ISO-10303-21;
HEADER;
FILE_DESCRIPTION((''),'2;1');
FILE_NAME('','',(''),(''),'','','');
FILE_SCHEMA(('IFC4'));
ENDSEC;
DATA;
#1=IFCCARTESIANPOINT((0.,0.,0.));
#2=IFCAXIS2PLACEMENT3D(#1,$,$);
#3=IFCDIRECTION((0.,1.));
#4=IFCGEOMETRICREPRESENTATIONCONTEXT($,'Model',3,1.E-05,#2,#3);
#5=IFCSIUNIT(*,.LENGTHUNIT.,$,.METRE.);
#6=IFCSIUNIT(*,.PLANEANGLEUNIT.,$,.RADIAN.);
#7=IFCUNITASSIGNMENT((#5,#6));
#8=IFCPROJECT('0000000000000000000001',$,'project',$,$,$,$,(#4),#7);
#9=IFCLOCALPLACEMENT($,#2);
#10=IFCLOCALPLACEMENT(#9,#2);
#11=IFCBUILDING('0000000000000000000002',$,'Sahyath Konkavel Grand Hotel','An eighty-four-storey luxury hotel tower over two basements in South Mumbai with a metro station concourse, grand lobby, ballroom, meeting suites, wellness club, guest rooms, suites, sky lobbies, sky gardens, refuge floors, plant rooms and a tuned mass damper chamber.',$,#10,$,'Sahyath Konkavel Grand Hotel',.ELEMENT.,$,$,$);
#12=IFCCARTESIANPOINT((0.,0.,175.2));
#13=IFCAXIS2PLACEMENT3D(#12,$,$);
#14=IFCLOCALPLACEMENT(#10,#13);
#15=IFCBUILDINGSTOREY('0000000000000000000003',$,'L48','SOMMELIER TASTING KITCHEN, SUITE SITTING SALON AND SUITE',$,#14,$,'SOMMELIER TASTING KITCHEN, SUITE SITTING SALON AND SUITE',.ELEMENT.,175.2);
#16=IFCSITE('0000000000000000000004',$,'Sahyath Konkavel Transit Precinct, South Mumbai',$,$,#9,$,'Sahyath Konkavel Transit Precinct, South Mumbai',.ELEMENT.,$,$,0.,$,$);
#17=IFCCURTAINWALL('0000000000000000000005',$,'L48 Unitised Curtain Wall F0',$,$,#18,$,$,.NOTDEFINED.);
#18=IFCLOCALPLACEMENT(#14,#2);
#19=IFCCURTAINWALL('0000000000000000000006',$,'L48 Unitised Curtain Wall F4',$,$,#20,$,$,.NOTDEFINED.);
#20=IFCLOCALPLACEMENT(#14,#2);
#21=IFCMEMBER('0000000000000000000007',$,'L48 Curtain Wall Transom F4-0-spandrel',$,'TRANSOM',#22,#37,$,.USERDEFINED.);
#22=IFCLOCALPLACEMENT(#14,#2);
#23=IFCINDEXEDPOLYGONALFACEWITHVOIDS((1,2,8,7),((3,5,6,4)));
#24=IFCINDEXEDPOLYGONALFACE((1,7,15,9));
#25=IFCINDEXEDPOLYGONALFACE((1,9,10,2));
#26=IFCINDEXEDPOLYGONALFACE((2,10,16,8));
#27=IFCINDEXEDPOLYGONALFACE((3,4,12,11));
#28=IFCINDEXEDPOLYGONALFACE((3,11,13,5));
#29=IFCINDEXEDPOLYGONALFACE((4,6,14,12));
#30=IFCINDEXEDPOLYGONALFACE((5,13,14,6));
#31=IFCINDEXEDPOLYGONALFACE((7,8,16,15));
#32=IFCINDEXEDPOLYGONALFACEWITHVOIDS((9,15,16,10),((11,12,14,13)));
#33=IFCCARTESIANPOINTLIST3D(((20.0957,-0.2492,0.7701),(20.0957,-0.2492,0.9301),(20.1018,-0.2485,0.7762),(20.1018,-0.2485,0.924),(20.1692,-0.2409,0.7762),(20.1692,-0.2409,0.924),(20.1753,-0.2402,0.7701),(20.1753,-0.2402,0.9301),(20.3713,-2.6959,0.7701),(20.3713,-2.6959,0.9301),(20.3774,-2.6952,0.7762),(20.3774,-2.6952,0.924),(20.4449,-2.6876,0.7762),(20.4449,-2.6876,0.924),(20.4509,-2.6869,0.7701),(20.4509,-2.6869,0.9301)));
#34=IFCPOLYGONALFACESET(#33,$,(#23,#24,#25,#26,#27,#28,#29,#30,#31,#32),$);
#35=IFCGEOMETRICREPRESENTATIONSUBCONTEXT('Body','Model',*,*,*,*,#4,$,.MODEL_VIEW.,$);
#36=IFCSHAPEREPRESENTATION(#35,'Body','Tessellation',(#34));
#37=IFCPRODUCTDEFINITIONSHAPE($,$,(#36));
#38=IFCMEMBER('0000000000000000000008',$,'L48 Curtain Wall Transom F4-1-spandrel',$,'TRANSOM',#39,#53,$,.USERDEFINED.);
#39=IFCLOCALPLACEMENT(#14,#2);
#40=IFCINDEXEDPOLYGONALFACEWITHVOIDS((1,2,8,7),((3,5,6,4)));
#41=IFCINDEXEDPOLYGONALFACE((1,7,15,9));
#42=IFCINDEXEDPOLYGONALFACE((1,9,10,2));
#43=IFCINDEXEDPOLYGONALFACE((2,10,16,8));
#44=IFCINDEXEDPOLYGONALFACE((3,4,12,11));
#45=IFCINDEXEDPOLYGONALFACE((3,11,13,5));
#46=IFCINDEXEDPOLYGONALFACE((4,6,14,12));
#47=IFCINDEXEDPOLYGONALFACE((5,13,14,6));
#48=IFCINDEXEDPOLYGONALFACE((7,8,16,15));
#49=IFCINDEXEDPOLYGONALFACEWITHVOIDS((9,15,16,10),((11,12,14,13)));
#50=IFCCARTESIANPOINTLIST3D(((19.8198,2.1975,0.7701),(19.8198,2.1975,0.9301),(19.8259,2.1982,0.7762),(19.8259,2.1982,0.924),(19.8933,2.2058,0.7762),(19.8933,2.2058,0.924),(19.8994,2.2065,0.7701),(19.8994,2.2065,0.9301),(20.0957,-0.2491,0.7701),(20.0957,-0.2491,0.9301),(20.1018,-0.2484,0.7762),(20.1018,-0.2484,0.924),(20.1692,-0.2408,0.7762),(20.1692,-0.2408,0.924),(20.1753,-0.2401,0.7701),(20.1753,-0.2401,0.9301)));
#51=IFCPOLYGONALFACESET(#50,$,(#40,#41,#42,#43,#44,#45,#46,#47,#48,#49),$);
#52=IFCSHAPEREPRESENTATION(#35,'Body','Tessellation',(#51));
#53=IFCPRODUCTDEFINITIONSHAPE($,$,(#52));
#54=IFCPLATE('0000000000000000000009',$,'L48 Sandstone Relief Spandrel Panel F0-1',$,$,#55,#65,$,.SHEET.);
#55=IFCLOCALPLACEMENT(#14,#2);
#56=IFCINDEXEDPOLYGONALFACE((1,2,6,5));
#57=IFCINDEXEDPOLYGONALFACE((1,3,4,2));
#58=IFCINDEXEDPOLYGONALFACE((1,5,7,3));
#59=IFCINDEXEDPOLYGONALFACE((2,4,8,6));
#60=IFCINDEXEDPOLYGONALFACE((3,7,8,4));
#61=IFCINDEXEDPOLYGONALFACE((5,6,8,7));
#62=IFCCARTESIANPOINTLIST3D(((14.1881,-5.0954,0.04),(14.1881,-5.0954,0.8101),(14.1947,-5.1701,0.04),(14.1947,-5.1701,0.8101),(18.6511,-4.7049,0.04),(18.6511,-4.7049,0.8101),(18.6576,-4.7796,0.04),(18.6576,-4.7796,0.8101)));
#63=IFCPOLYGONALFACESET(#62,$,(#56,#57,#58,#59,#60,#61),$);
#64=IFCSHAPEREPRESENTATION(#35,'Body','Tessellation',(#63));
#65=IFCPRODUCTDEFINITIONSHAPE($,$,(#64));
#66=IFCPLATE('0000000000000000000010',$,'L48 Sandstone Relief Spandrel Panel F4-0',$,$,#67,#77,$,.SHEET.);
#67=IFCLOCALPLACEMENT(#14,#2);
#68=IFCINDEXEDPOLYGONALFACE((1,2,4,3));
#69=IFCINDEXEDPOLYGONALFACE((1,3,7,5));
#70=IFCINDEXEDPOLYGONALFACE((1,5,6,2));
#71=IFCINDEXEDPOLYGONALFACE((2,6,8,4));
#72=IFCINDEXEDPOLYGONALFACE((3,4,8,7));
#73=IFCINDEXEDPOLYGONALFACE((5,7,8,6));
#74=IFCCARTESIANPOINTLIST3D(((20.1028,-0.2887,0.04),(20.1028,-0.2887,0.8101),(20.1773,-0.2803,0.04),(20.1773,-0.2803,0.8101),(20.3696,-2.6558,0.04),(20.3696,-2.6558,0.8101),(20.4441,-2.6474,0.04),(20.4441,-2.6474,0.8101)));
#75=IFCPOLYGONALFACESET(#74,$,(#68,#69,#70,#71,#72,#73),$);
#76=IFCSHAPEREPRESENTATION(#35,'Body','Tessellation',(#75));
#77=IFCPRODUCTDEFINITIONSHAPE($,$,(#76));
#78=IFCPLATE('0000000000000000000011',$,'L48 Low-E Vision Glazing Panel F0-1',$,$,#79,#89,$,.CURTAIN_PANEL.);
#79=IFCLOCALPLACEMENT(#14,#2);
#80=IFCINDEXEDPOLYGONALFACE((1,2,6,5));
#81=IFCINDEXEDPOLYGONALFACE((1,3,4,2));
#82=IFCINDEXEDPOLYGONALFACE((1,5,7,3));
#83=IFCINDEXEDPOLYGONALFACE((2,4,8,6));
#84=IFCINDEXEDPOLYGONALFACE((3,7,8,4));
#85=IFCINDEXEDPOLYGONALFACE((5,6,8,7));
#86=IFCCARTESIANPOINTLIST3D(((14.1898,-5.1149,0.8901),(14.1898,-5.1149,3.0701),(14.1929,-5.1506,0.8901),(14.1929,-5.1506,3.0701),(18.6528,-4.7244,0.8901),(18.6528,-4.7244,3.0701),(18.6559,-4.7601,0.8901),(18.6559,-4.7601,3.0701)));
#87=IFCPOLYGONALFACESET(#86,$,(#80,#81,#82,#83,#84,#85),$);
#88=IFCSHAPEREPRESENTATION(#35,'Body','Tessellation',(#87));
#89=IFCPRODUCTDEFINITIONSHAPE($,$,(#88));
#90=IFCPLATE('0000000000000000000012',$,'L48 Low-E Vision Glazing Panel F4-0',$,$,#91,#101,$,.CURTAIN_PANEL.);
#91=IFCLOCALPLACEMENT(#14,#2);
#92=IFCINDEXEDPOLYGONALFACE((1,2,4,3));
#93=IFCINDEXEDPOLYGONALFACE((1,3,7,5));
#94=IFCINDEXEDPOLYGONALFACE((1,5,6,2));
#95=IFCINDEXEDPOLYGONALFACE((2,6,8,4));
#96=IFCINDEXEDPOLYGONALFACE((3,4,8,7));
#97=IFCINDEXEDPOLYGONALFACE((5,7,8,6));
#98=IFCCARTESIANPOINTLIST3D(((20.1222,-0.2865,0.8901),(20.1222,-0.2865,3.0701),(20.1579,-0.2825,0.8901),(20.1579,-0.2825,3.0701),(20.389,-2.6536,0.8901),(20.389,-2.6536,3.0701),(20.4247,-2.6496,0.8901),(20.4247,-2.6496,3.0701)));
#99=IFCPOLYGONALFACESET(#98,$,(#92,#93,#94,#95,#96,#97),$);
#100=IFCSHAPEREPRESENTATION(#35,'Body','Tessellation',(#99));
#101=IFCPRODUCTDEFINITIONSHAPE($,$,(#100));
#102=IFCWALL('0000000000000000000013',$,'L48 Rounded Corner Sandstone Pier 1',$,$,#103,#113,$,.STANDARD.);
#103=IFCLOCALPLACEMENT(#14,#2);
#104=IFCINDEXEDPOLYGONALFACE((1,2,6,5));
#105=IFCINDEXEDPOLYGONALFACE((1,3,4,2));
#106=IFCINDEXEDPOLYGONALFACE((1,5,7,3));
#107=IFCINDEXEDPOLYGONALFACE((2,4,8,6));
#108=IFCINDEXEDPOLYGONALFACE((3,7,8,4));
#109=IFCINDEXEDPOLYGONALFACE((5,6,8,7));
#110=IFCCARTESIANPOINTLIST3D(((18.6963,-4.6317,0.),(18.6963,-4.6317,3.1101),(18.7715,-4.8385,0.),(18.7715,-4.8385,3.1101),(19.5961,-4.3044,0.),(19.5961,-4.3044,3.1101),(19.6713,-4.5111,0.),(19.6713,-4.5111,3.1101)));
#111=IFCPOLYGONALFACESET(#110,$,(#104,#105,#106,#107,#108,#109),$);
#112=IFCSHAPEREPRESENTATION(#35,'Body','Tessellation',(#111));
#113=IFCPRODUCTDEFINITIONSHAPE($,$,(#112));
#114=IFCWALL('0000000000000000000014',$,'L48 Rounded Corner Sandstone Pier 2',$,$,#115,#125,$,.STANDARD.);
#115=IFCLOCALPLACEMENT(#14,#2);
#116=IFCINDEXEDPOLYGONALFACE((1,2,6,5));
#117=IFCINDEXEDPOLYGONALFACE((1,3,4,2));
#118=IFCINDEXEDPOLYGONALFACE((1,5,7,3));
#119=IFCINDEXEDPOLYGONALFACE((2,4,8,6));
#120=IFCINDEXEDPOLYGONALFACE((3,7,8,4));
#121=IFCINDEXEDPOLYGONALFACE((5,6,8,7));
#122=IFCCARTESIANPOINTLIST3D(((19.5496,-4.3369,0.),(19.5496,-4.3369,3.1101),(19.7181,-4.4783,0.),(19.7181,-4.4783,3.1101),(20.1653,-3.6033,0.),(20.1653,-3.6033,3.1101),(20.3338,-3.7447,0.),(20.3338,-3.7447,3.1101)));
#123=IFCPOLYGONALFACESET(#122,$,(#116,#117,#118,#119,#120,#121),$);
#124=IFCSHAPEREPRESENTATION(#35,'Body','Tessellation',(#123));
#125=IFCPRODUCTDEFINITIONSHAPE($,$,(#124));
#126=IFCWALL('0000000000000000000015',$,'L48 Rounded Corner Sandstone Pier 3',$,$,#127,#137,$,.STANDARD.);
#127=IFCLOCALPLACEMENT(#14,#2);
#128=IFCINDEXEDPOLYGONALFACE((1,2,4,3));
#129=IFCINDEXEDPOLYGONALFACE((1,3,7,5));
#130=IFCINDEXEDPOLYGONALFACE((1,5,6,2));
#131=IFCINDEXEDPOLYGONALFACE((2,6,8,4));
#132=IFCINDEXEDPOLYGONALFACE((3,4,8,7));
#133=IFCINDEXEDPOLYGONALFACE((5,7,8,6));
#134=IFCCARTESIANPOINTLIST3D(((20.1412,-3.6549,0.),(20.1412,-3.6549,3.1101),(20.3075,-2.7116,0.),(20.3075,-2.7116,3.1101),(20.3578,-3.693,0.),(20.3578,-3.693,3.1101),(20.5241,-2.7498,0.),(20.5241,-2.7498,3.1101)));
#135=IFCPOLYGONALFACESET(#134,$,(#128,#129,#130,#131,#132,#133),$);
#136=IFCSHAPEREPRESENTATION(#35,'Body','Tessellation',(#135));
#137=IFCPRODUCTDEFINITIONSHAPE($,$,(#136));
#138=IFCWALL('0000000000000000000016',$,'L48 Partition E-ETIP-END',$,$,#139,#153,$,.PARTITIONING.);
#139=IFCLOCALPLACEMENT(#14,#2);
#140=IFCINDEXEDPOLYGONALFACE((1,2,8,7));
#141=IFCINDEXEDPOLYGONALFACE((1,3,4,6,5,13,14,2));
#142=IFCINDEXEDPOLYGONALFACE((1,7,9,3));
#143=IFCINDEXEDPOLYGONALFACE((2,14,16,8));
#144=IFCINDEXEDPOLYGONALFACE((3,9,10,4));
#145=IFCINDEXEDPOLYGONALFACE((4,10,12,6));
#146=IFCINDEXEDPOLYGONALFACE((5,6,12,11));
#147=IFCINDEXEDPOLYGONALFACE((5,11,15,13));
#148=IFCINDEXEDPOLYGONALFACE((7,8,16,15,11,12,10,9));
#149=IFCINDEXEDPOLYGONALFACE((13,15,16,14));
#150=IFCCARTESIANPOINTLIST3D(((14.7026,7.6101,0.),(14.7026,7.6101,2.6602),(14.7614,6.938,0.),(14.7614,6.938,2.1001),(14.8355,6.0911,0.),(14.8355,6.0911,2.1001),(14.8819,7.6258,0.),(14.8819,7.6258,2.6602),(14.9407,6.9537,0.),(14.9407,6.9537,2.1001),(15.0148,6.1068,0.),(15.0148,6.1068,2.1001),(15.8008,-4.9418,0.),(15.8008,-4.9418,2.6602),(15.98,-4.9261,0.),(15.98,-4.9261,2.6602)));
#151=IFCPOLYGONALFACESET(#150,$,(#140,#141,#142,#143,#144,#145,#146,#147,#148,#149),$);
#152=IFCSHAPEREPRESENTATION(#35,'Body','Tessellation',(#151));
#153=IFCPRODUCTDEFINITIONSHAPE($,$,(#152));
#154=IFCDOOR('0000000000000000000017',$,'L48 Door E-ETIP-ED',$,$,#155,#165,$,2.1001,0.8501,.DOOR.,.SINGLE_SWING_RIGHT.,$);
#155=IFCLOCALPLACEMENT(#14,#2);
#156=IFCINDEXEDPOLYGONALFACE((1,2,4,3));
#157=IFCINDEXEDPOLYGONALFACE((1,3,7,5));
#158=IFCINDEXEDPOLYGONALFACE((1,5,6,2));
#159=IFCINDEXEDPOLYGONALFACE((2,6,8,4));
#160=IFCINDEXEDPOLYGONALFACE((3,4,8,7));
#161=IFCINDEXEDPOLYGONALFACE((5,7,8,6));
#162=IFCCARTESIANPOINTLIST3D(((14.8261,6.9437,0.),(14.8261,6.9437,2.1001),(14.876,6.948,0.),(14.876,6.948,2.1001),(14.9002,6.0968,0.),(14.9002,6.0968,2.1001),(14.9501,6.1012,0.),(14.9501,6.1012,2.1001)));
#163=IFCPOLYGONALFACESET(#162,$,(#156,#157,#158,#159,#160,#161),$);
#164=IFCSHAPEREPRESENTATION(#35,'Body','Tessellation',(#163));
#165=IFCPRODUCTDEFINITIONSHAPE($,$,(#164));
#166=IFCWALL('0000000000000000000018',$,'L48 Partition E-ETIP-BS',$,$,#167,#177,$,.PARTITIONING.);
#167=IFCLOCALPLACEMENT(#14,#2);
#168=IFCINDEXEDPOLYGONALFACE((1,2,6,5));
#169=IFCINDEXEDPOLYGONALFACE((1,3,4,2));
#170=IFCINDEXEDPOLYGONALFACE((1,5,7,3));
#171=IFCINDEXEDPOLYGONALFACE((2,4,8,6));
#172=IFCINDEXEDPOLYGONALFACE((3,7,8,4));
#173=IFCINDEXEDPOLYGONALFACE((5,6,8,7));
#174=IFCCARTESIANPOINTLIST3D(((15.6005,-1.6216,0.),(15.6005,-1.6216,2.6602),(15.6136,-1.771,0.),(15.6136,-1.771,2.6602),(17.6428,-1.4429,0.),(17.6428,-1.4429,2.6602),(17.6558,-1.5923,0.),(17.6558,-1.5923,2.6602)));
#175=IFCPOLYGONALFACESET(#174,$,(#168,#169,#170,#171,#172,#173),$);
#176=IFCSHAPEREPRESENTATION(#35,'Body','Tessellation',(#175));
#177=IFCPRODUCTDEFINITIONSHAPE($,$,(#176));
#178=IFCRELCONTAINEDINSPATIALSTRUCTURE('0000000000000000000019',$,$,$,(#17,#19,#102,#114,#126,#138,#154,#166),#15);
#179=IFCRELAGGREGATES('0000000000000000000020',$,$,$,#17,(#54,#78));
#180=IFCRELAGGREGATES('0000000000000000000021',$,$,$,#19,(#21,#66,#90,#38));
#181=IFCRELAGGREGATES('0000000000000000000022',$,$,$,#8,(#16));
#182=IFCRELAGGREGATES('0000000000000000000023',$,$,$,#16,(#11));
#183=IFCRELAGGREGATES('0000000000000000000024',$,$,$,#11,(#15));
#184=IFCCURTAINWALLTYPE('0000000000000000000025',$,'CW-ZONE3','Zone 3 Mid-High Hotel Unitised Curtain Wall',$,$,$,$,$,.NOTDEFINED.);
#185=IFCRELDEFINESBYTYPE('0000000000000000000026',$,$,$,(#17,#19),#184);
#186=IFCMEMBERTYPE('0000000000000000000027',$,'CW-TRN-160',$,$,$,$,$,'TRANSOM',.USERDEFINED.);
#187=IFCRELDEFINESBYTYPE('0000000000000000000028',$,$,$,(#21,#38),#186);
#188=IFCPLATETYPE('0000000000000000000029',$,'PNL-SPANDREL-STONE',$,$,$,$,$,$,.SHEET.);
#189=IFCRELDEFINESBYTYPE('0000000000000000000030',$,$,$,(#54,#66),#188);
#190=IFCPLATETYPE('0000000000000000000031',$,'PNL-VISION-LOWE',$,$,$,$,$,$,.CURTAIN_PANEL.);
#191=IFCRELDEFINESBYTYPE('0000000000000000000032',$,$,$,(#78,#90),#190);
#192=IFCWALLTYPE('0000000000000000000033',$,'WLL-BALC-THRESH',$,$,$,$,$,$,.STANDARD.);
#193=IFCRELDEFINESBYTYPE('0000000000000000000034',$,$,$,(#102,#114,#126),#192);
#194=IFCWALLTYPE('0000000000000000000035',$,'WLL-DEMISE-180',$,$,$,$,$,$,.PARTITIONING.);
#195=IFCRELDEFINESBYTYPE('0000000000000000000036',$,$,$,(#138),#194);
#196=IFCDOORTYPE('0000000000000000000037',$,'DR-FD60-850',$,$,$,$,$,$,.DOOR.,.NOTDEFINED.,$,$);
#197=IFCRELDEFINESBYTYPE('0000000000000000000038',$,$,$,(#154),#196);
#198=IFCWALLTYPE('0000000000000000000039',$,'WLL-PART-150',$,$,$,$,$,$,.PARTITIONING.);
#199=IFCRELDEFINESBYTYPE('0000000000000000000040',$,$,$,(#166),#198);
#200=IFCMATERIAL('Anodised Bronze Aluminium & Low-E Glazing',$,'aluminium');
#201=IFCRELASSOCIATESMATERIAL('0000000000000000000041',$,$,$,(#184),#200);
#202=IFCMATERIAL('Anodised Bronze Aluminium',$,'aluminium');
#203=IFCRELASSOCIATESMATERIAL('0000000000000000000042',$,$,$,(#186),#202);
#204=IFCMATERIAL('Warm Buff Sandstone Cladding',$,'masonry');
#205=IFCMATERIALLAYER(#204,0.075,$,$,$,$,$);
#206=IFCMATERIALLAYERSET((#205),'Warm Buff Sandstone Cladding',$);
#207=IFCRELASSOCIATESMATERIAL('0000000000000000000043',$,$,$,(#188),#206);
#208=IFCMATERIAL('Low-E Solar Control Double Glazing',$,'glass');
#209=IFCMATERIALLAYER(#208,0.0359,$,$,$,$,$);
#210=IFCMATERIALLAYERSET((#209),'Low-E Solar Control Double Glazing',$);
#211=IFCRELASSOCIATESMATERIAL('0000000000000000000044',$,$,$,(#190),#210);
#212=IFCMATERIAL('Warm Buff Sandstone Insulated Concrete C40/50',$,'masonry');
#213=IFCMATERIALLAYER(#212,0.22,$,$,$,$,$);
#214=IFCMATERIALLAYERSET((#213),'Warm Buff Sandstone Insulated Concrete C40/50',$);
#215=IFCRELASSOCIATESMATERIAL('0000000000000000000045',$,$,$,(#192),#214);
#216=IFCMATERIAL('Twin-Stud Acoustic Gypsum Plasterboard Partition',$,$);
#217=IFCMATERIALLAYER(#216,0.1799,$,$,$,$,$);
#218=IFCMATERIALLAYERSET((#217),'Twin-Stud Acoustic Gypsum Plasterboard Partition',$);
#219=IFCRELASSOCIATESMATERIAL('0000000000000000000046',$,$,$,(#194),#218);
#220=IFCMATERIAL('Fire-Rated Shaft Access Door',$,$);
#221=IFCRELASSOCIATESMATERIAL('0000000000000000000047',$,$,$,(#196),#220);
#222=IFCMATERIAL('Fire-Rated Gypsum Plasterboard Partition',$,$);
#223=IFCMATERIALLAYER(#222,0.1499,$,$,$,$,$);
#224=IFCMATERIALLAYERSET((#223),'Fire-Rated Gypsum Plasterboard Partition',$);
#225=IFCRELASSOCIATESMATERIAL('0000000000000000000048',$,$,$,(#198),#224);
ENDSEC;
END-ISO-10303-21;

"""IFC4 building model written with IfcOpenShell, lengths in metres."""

from ifc_helpers import new_model, si_unit, direction, frame, frame_2d, origin, origin_2d, place, context, subcontext, project, spatial, rectangle, hollow_rectangle, extrude, source, transform, mapped, material, layer, layer_set, material_profile, profile_set, type_object, element, fill, aggregate, save


model = new_model("IFC4")

# Units and contexts
model_context = context("Model", 3, precision=1e-05, world=origin(), true_north=direction((0.0, 1.0)))
body_context = subcontext(model_context, "Body", "Model", "MODEL_VIEW")
ifc_project = project(units=[si_unit("LENGTHUNIT", "METRE"), si_unit("PLANEANGLEUNIT", "RADIAN")], contexts=[model_context])

# Site, building, storey
site_placement = place(None, origin())
site = spatial("IfcSite", under=ifc_project, at=site_placement, Name="Sahyath Konkavel Transit Precinct, South Mumbai", LongName="Sahyath Konkavel Transit Precinct, South Mumbai", CompositionType="ELEMENT", RefElevation=0.0)
building_placement = place(site_placement, origin())
building = spatial("IfcBuilding", under=site, at=building_placement, Name="Sahyath Konkavel Grand Hotel", Description="An eighty-four-storey luxury hotel tower over two basements in South Mumbai with a metro station concourse, grand lobby, ballroom, meeting suites, wellness club, guest rooms, suites, sky lobbies, sky gardens, refuge floors, plant rooms and a tuned mass damper chamber.", LongName="Sahyath Konkavel Grand Hotel", CompositionType="ELEMENT")
storey_placement = place(building_placement, frame((0.0, 0.0, 175.2)))
storey = spatial("IfcBuildingStorey", under=building, at=storey_placement, Name="L48", Description="SOMMELIER TASTING KITCHEN, SUITE SITTING SALON AND SUITE", LongName="SOMMELIER TASTING KITCHEN, SUITE SITTING SALON AND SUITE", CompositionType="ELEMENT", Elevation=175.2)

# Curtain walls
ifc_material_1 = material(Name="Anodised Bronze Aluminium & Low-E Glazing", Category="aluminium")
curtain_wall_type = type_object("IfcCurtainWallType", Name="CW-ZONE3", Description="Zone 3 Mid-High Hotel Unitised Curtain Wall", PredefinedType="NOTDEFINED", material=ifc_material_1)
curtain_wall_1_placement = place(storey_placement, origin())
curtain_wall_1 = element("IfcCurtainWall", 1, at=curtain_wall_1_placement, inside=storey, type_object=curtain_wall_type, Name="L48 Unitised Curtain Wall F0", PredefinedType="NOTDEFINED")
ifc_material_2 = material(Name="Anodised Bronze Aluminium", Category="aluminium")
curtain_wall_2_placement = place(storey_placement, origin())
curtain_wall_2 = element("IfcCurtainWall", 2, at=curtain_wall_2_placement, inside=storey, type_object=curtain_wall_type, Name="L48 Unitised Curtain Wall F4", PredefinedType="NOTDEFINED")

# Members
ifc_material_profile_1 = material_profile(ifc_material_2, hollow_rectangle(XDim=0.0801, YDim=0.1599, WallThickness=0.0061, at=origin_2d()), Name="RHS 160x80x6")
ifc_profile_set_1 = profile_set([ifc_material_profile_1], Name="Anodised Bronze Aluminium")
member_type_1 = type_object("IfcMemberType", Name="CW-TRN-160", ElementType="TRANSOM", PredefinedType="USERDEFINED", material=ifc_profile_set_1)
shared_shape_1 = source(origin(), body_context, "Body", "SweptSolid", [
    extrude(hollow_rectangle(XDim=0.0801, YDim=0.1599, WallThickness=0.0061, at=origin_2d()), origin(), (0.0, 0.0, 1.0), 2.4622),
])
member_1_placement = place(storey_placement, frame((20.4111, -2.6914, 0.8501), z_axis=(-0.111944, 0.993715, 0.0), x_axis=(-0.993715, -0.111944, 0.0)))
member_1 = element("IfcMember", 3, at=member_1_placement, type_object=member_type_1, Name="L48 Curtain Wall Transom F4-0-spandrel", ObjectType="TRANSOM", PredefinedType="USERDEFINED", context=body_context, shape_type="MappedRepresentation", body=[
    mapped(shared_shape_1, transform((0.0, 0.0, 0.0), scale=1.0)),
])
member_2_placement = place(storey_placement, frame((20.1355, -0.2446, 0.8501), z_axis=(-0.112053, 0.993702, 0.0), x_axis=(-0.993702, -0.112053, 0.0)))
member_2 = element("IfcMember", 4, at=member_2_placement, type_object=member_type_1, Name="L48 Curtain Wall Transom F4-1-spandrel", ObjectType="TRANSOM", PredefinedType="USERDEFINED", context=body_context, shape_type="MappedRepresentation", body=[
    mapped(shared_shape_1, transform((0.0, 0.0, 0.0), scale=1.0)),
])

# Plates
ifc_material_3 = material(Name="Warm Buff Sandstone Cladding", Category="masonry")
ifc_layer_1 = layer(ifc_material_3, 0.075)
ifc_layer_set_1 = layer_set([ifc_layer_1], Name="Warm Buff Sandstone Cladding")
plate_type_1 = type_object("IfcPlateType", Name="PNL-SPANDREL-STONE", PredefinedType="SHEET", material=ifc_layer_set_1)
shared_shape_2 = source(origin(), body_context, "Body", "SweptSolid", [
    extrude(rectangle(XDim=4.48, YDim=0.075, at=origin_2d()), origin(), (0.0, 0.0, 1.0), 0.77),
])
plate_1_placement = place(storey_placement, frame((16.4229, -4.9375, 0.04), z_axis=(0.0, 0.0, 1.0), x_axis=(0.996195, 0.087156, 0.0)))
plate_1 = element("IfcPlate", 5, at=plate_1_placement, type_object=plate_type_1, Name="L48 Sandstone Relief Spandrel Panel F0-1", PredefinedType="SHEET", context=body_context, shape_type="MappedRepresentation", body=[
    mapped(shared_shape_2, transform((0.0, 0.0, 0.0), scale=1.0)),
])
shared_shape_3 = source(origin(), body_context, "Body", "SweptSolid", [
    extrude(rectangle(XDim=2.3821, YDim=0.075, at=origin_2d()), origin(), (0.0, 0.0, 1.0), 0.77),
])
plate_2_placement = place(storey_placement, frame((20.2734, -1.468, 0.04), z_axis=(0.0, 0.0, 1.0), x_axis=(-0.111989, 0.993709, 0.0)))
plate_2 = element("IfcPlate", 6, at=plate_2_placement, type_object=plate_type_1, Name="L48 Sandstone Relief Spandrel Panel F4-0", PredefinedType="SHEET", context=body_context, shape_type="MappedRepresentation", body=[
    mapped(shared_shape_3, transform((0.0, 0.0, 0.0), scale=1.0)),
])
ifc_material_4 = material(Name="Low-E Solar Control Double Glazing", Category="glass")
ifc_layer_2 = layer(ifc_material_4, 0.0359)
ifc_layer_set_2 = layer_set([ifc_layer_2], Name="Low-E Solar Control Double Glazing")
plate_type_2 = type_object("IfcPlateType", Name="PNL-VISION-LOWE", PredefinedType="CURTAIN_PANEL", material=ifc_layer_set_2)
shared_shape_4 = source(origin(), body_context, "Body", "SweptSolid", [
    extrude(rectangle(XDim=4.48, YDim=0.0359, at=origin_2d()), origin(), (0.0, 0.0, 1.0), 2.1799),
])
plate_3_placement = place(storey_placement, frame((16.4229, -4.9375, 0.8901), z_axis=(0.0, 0.0, 1.0), x_axis=(0.996195, 0.087156, 0.0)))
plate_3 = element("IfcPlate", 7, at=plate_3_placement, type_object=plate_type_2, Name="L48 Low-E Vision Glazing Panel F0-1", PredefinedType="CURTAIN_PANEL", context=body_context, shape_type="MappedRepresentation", body=[
    mapped(shared_shape_4, transform((0.0, 0.0, 0.0), scale=1.0)),
])
aggregate(curtain_wall_1, [plate_1, plate_3])
shared_shape_5 = source(origin(), body_context, "Body", "SweptSolid", [
    extrude(rectangle(XDim=2.3821, YDim=0.0359, at=origin_2d()), origin(), (0.0, 0.0, 1.0), 2.1799),
])
plate_4_placement = place(storey_placement, frame((20.2734, -1.468, 0.8901), z_axis=(0.0, 0.0, 1.0), x_axis=(-0.111989, 0.993709, 0.0)))
plate_4 = element("IfcPlate", 8, at=plate_4_placement, type_object=plate_type_2, Name="L48 Low-E Vision Glazing Panel F4-0", PredefinedType="CURTAIN_PANEL", context=body_context, shape_type="MappedRepresentation", body=[
    mapped(shared_shape_5, transform((0.0, 0.0, 0.0), scale=1.0)),
])
aggregate(curtain_wall_2, [member_1, plate_2, plate_4, member_2])

# Walls
ifc_material_5 = material(Name="Warm Buff Sandstone Insulated Concrete C40/50", Category="masonry")
ifc_layer_3 = layer(ifc_material_5, 0.22)
ifc_layer_set_3 = layer_set([ifc_layer_3], Name="Warm Buff Sandstone Insulated Concrete C40/50")
wall_type_1 = type_object("IfcWallType", Name="WLL-BALC-THRESH", PredefinedType="STANDARD", material=ifc_layer_set_3)
wall_1_placement = place(storey_placement, frame((18.7339, -4.7351, 0.0), z_axis=(0.0, 0.0, 1.0), x_axis=(0.939741, 0.341886, 0.0)))
element("IfcWall", 9, at=wall_1_placement, inside=storey, type_object=wall_type_1, Name="L48 Rounded Corner Sandstone Pier 1", PredefinedType="STANDARD", context=body_context, shape_type="SweptSolid", body=[
    extrude(rectangle(XDim=0.9575, YDim=0.22, at=frame_2d((0.4788, 0.0))), origin(), (0.0, 0.0, 1.0), 3.1101),
])
for number, where, z_axis, x_axis, name in (
    (10, (19.6338, -4.4077, 0.0), (0.0, 0.0, 1.0), (0.642863, 0.765981, 0.0), "L48 Rounded Corner Sandstone Pier 2"),
    (11, (20.2495, -3.6741, 0.0), (0.0, 0.0, 1.0), (0.173611, 0.984814, 0.0), "L48 Rounded Corner Sandstone Pier 3"),
):
    element("IfcWall", number, at=place(storey_placement, frame(where, z_axis=z_axis, x_axis=x_axis)), inside=storey, type_object=wall_type_1, Name=name, PredefinedType="STANDARD", context=body_context, shape_type="SweptSolid", body=[
        extrude(rectangle(XDim=0.9578, YDim=0.22, at=frame_2d((0.479, 0.0))), origin(), (0.0, 0.0, 1.0), 3.1101),
    ])

# Wall, opening, door
ifc_material_6 = material(Name="Twin-Stud Acoustic Gypsum Plasterboard Partition")
ifc_layer_4 = layer(ifc_material_6, 0.1799)
ifc_layer_set_4 = layer_set([ifc_layer_4], Name="Twin-Stud Acoustic Gypsum Plasterboard Partition")
wall_type_2 = type_object("IfcWallType", Name="WLL-DEMISE-180", PredefinedType="PARTITIONING", material=ifc_layer_set_4)
wall_2_placement = place(storey_placement, frame((15.8904, -4.9338, 0.0), z_axis=(0.0, 0.0, 1.0), x_axis=(-0.087155, 0.996195, 0.0)))
wall_2 = element("IfcWall", 12, at=wall_2_placement, inside=storey, type_object=wall_type_2, Name="L48 Partition E-ETIP-END", PredefinedType="PARTITIONING", context=body_context, shape_type="SweptSolid", body=[
    extrude(rectangle(XDim=12.5999, YDim=0.1799, at=frame_2d((6.2998, 0.0))), origin(), (0.0, 0.0, 1.0), 2.6602),
])
opening_1_placement = place(wall_2_placement, frame((11.075, 0.0, 0.0)))
opening_1 = element("IfcOpeningElement", 13, at=opening_1_placement, cuts=wall_2, PredefinedType="OPENING", context=body_context, shape_type="SweptSolid", body=[
    extrude(rectangle(XDim=0.8501, YDim=2.1001, at=frame_2d((0.425, 1.05))), frame((0.0, 0.1001, 0.0), z_axis=(0.0, -1.0, 0.0), x_axis=(1.0, 0.0, 0.0)), (0.0, 0.0, 1.0), 0.2),
])
ifc_material_7 = material(Name="Fire-Rated Shaft Access Door")
door_type_1 = type_object("IfcDoorType", Name="DR-FD60-850", OperationType="NOTDEFINED", PredefinedType="DOOR", material=ifc_material_7)
shared_shape_6 = source(origin(), body_context, "Body", "SweptSolid", [
    extrude(rectangle(XDim=0.8501, YDim=0.05, at=origin_2d()), origin(), (0.0, 0.0, 1.0), 2.1001),
])
door_1_placement = place(opening_1_placement, frame((0.425, 0.0, 0.0)))
door_1 = element("IfcDoor", 14, at=door_1_placement, inside=storey, type_object=door_type_1, Name="L48 Door E-ETIP-ED", OperationType="SINGLE_SWING_RIGHT", OverallHeight=2.1001, OverallWidth=0.8501, PredefinedType="DOOR", context=body_context, shape_type="MappedRepresentation", body=[
    mapped(shared_shape_6, transform((0.0, 0.0, 0.0), scale=1.0)),
])
fill(opening_1, door_1)

# Wall
ifc_material_8 = material(Name="Fire-Rated Gypsum Plasterboard Partition")
ifc_layer_5 = layer(ifc_material_8, 0.1499)
ifc_layer_set_5 = layer_set([ifc_layer_5], Name="Fire-Rated Gypsum Plasterboard Partition")
wall_type_3 = type_object("IfcWallType", Name="WLL-PART-150", PredefinedType="PARTITIONING", material=ifc_layer_set_5)
wall_3_placement = place(storey_placement, frame((15.6072, -1.6963, 0.0), z_axis=(0.0, 0.0, 1.0), x_axis=(0.996193, 0.087174, 0.0)))
element("IfcWall", 15, at=wall_3_placement, inside=storey, type_object=wall_type_3, Name="L48 Partition E-ETIP-BS", PredefinedType="PARTITIONING", context=body_context, shape_type="SweptSolid", body=[
    extrude(rectangle(XDim=2.05, YDim=0.1499, at=frame_2d((1.0249, 0.0))), origin(), (0.0, 0.0, 1.0), 2.6602),
])

save(model, "model.ifc")
